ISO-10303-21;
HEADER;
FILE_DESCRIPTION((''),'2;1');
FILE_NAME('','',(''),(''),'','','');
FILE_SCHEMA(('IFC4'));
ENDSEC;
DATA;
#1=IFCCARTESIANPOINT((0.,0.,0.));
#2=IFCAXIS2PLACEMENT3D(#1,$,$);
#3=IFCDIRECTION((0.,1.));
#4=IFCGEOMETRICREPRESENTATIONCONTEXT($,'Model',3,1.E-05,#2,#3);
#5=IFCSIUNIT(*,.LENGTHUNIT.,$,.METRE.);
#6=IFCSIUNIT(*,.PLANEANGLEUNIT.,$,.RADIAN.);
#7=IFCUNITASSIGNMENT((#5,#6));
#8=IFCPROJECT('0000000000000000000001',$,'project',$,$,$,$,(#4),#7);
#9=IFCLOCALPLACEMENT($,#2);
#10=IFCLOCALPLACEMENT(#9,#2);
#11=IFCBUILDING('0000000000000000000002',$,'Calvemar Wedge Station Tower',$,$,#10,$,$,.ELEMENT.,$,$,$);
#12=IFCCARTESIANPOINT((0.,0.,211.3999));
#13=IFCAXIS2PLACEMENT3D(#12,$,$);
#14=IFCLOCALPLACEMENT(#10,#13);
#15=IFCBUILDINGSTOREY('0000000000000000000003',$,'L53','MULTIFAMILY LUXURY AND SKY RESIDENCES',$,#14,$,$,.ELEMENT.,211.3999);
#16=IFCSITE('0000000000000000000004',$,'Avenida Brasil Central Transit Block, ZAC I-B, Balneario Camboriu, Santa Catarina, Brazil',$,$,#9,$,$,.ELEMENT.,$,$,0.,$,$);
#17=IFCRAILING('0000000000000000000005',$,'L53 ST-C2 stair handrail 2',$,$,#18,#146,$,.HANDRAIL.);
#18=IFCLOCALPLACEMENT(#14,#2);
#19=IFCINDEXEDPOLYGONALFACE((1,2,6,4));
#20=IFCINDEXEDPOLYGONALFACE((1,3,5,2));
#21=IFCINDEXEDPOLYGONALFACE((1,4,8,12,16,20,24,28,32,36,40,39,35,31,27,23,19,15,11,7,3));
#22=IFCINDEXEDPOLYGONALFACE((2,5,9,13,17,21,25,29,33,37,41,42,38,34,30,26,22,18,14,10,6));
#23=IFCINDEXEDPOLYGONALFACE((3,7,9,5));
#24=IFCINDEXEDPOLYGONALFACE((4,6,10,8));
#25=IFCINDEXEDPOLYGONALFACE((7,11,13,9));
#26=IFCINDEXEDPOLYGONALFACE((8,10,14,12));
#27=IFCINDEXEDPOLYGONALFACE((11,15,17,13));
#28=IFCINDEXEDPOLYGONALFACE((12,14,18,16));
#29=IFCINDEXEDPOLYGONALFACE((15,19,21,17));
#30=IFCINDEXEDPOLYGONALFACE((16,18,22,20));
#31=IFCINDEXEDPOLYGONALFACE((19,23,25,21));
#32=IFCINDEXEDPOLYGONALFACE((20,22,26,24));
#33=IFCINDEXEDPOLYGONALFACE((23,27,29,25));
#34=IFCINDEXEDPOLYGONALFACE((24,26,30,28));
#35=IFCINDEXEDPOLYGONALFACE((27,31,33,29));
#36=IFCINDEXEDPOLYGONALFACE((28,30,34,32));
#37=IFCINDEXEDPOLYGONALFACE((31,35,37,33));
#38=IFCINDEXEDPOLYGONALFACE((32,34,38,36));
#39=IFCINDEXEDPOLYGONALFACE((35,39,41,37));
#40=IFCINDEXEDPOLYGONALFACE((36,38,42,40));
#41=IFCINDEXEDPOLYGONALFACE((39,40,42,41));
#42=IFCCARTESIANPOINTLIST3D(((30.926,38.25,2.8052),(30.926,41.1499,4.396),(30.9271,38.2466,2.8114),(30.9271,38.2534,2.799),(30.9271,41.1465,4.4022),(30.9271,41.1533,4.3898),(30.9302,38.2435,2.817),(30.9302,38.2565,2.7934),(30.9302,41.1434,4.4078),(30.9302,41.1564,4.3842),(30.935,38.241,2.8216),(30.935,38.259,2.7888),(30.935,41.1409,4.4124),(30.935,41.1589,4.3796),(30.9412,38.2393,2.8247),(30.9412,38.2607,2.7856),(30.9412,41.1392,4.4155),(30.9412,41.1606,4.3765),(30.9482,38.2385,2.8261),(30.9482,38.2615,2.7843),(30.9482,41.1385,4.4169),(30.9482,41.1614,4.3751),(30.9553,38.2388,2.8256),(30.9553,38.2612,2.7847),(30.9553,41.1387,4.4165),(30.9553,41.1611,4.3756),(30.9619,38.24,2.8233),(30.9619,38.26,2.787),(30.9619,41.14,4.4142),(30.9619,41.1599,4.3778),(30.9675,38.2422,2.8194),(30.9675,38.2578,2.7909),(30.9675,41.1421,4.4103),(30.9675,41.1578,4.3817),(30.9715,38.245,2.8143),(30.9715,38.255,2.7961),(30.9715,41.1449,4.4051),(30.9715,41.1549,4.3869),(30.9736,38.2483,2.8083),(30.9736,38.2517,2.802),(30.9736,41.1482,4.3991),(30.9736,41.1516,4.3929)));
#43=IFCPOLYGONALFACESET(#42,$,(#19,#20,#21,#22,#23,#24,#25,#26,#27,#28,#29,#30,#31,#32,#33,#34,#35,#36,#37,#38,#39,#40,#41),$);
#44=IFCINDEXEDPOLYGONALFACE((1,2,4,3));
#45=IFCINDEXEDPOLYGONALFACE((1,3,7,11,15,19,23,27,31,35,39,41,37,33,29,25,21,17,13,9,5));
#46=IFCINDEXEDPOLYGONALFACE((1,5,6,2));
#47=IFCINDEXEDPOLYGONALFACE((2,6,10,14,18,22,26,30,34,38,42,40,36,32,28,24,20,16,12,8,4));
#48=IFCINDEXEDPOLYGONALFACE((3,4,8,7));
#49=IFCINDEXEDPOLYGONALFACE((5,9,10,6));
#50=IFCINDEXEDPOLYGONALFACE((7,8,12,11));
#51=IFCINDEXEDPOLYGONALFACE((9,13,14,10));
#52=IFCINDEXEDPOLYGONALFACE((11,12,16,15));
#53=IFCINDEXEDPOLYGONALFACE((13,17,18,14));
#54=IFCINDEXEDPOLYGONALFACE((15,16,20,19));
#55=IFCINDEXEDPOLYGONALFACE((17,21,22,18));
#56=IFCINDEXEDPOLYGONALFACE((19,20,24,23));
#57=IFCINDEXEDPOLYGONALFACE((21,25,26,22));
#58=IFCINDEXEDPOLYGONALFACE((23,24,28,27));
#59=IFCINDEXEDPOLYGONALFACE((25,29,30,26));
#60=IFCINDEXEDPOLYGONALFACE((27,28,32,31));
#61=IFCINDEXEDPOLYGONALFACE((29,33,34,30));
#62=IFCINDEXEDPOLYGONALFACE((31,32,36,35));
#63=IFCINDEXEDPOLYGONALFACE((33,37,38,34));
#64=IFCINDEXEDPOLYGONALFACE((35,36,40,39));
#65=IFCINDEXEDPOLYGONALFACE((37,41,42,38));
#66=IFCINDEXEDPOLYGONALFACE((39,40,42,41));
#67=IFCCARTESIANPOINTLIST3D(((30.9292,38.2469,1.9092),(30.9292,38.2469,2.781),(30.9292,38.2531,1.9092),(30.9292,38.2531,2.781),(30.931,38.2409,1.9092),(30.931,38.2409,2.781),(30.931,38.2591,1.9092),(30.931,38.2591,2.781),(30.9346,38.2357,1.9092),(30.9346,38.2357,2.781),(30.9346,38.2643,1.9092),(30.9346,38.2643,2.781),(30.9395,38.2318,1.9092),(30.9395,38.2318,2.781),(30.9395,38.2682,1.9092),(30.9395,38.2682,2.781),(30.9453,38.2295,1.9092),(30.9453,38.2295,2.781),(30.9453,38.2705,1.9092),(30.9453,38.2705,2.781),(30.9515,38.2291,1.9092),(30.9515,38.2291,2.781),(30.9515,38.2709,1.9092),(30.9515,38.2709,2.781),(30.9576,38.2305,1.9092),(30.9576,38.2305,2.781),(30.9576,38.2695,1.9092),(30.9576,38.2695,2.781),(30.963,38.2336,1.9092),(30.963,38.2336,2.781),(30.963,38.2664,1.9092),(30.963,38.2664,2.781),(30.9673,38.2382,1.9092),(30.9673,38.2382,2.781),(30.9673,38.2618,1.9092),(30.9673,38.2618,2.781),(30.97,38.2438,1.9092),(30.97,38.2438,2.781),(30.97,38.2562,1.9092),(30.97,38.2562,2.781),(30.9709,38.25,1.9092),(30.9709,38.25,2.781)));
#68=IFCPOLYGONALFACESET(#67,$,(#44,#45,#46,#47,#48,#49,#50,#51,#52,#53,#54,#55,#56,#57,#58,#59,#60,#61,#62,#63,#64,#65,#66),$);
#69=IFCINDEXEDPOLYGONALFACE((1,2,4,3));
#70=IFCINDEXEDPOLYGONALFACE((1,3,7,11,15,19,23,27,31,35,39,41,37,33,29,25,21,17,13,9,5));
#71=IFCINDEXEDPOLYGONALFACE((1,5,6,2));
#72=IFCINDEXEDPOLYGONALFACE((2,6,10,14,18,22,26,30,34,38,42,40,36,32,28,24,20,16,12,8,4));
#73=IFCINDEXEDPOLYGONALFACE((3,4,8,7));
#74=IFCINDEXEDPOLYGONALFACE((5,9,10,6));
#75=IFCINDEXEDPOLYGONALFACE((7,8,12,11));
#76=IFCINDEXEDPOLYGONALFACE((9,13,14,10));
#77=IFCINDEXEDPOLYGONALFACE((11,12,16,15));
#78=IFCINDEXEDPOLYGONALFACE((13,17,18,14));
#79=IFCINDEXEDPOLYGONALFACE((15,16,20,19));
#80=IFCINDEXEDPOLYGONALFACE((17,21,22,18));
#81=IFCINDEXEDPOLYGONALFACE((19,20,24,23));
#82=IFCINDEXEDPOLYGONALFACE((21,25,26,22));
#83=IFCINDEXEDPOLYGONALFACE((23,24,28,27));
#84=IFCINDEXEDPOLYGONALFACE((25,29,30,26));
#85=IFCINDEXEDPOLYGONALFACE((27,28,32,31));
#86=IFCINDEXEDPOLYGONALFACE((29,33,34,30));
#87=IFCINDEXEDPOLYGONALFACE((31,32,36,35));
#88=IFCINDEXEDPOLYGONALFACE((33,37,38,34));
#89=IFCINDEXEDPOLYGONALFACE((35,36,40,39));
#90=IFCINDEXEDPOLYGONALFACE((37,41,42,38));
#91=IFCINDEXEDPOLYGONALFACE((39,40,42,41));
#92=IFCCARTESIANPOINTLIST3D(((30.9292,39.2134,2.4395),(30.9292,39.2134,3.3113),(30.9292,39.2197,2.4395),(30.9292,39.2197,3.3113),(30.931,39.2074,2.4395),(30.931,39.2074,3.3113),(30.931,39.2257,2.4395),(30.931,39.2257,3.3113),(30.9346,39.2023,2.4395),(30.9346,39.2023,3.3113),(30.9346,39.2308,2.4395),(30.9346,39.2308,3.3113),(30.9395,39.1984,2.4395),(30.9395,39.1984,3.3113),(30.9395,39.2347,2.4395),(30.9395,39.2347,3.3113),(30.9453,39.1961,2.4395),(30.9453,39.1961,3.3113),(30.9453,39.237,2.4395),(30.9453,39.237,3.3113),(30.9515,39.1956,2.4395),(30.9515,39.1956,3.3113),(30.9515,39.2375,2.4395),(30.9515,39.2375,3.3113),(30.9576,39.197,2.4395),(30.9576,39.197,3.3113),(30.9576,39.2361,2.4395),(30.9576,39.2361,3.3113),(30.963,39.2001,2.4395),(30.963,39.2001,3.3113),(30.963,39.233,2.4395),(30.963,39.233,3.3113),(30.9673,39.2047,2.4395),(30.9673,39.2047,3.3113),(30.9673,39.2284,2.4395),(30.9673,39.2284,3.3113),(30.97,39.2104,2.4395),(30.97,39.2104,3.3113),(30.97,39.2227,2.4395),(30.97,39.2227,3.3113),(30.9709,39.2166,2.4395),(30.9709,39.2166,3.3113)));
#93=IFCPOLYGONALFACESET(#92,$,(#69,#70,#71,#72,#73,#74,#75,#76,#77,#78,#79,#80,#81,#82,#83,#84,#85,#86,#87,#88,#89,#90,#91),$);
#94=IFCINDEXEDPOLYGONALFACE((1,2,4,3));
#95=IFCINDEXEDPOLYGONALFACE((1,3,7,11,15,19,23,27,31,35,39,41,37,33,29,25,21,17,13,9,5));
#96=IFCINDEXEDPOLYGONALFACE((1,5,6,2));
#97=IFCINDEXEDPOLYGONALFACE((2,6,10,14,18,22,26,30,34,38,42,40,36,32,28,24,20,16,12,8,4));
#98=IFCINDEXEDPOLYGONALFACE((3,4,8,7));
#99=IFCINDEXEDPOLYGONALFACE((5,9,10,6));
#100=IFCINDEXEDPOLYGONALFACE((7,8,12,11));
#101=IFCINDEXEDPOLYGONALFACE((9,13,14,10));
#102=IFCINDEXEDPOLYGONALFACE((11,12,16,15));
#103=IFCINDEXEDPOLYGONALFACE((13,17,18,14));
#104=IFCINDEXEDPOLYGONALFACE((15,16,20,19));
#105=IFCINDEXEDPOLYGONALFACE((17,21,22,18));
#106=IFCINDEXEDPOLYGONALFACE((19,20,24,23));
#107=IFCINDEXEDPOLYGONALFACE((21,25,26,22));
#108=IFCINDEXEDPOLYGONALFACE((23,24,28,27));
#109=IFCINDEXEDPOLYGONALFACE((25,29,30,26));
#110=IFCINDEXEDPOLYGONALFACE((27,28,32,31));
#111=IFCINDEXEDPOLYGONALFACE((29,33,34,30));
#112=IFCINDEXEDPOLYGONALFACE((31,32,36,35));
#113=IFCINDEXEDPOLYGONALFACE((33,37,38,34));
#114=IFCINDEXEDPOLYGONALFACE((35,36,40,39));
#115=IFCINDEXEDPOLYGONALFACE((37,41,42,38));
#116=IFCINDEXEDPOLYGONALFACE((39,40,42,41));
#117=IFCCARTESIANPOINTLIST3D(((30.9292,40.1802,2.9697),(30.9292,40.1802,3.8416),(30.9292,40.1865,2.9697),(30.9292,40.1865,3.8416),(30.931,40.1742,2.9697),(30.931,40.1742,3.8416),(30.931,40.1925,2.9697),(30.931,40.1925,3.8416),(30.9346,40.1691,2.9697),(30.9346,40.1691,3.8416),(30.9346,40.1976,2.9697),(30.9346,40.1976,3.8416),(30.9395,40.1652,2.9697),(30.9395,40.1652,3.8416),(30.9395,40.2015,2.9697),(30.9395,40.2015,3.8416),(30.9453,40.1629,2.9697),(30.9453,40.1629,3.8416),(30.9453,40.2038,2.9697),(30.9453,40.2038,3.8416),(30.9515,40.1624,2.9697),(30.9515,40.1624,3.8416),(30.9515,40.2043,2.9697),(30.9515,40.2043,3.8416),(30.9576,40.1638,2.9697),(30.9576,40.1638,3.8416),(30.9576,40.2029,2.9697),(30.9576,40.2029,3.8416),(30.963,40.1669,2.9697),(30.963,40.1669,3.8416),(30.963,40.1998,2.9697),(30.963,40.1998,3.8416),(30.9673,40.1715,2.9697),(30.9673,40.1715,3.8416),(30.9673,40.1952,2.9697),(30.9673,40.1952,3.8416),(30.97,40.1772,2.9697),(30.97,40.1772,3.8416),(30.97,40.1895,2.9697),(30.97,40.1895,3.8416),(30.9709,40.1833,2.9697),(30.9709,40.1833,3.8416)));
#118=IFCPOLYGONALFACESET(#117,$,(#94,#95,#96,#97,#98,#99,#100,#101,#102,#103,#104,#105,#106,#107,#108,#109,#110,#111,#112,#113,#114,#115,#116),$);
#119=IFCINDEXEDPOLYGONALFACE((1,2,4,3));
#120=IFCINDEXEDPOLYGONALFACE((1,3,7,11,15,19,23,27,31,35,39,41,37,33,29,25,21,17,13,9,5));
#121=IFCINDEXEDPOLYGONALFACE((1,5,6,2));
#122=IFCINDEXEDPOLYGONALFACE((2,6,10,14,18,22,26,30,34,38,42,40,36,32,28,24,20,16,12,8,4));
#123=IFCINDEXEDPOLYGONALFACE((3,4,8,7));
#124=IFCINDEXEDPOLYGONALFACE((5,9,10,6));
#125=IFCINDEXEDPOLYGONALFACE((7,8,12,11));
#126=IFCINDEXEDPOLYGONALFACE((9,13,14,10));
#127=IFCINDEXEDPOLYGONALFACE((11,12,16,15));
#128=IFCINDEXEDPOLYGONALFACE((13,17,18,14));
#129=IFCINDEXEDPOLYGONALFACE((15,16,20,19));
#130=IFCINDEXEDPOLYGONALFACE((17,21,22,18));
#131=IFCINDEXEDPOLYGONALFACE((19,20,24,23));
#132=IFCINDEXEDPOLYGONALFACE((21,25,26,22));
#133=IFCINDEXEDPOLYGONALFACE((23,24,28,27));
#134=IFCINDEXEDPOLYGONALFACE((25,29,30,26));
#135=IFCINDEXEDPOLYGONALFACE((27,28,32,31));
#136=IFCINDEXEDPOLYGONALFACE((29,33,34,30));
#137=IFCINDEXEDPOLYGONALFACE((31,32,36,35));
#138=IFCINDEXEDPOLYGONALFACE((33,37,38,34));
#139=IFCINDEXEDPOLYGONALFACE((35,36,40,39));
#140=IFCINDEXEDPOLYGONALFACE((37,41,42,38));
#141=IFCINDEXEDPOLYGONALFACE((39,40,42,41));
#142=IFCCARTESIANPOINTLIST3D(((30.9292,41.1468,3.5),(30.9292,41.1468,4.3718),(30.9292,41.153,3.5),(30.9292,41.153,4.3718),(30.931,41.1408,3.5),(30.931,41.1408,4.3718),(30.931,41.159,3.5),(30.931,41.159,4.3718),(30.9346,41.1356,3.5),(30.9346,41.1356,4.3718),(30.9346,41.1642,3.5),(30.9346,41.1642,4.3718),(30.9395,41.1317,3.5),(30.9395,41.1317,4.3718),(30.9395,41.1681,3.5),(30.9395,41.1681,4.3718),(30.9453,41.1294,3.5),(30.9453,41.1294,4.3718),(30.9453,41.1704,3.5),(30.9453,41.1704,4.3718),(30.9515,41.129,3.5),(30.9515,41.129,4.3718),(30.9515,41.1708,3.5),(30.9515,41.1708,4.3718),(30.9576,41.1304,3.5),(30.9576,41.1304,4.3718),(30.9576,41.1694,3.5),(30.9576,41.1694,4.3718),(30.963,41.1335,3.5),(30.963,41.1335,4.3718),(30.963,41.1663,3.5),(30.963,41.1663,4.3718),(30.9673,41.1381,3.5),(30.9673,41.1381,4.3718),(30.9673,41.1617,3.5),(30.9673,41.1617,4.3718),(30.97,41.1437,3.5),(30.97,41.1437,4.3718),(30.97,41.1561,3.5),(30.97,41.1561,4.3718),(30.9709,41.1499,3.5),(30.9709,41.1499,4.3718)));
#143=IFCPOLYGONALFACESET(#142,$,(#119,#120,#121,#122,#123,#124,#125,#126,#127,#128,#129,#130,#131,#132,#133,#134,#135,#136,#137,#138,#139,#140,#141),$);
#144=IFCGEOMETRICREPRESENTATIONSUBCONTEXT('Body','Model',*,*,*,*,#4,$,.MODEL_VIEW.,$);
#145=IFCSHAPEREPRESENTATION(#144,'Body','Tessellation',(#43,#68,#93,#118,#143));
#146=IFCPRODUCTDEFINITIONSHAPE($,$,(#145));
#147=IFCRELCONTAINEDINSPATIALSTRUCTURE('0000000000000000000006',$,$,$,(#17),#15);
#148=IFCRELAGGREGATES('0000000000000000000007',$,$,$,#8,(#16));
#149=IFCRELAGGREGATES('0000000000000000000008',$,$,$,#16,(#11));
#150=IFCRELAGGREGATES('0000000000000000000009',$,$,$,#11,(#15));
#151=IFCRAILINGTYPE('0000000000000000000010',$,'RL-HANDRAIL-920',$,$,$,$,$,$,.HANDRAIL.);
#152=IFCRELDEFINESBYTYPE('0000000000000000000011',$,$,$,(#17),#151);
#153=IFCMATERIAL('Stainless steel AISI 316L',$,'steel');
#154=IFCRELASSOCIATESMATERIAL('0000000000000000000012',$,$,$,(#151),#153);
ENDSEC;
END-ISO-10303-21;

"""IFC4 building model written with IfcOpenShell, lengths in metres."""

from ifc_helpers import new_model, si_unit, direction, frame, origin, origin_2d, place, context, subcontext, project, spatial, circle, extrude, material, type_object, element, save


model = new_model("IFC4")

# Units and contexts
model_context = context("Model", 3, precision=1e-05, world=origin(), true_north=direction((0.0, 1.0)))
body_context = subcontext(model_context, "Body", "Model", "MODEL_VIEW")
ifc_project = project(units=[si_unit("LENGTHUNIT", "METRE"), si_unit("PLANEANGLEUNIT", "RADIAN")], contexts=[model_context])

# Site, building, storey
site_placement = place(None, origin())
site = spatial("IfcSite", under=ifc_project, at=site_placement, Name="Avenida Brasil Central Transit Block, ZAC I-B, Balneario Camboriu, Santa Catarina, Brazil", CompositionType="ELEMENT", RefElevation=0.0)
building_placement = place(site_placement, origin())
building = spatial("IfcBuilding", under=site, at=building_placement, Name="Calvemar Wedge Station Tower", CompositionType="ELEMENT")
storey_placement = place(building_placement, frame((0.0, 0.0, 211.3999)))
storey = spatial("IfcBuildingStorey", under=building, at=storey_placement, Name="L53", Description="MULTIFAMILY LUXURY AND SKY RESIDENCES", CompositionType="ELEMENT", Elevation=211.3999)

# Railing
ifc_material_1 = material(Name="Stainless steel AISI 316L", Category="steel")
railing_type_1 = type_object("IfcRailingType", Name="RL-HANDRAIL-920", PredefinedType="HANDRAIL", material=ifc_material_1)
railing_1_placement = place(storey_placement, frame((30.95, 38.25, 1.9092)))
element("IfcRailing", 1, at=railing_1_placement, inside=storey, type_object=railing_type_1, Name="L53 ST-C2 stair handrail 2", PredefinedType="HANDRAIL", context=body_context, shape_type="SweptSolid", body=[
    extrude(circle(Radius=0.0239, at=origin_2d()), frame((0.0, 0.0, 0.896), z_axis=(0.0, 0.876742, 0.480961), x_axis=(-1.0, 0.0, 0.0)), (0.0, 0.0, 1.0), 3.3076),
    extrude(circle(Radius=0.021, at=origin_2d()), origin(), (0.0, 0.0, 1.0), 0.8718),
    extrude(circle(Radius=0.021, at=origin_2d()), frame((0.0, 0.9666, 0.5303)), (0.0, 0.0, 1.0), 0.8718),
    extrude(circle(Radius=0.021, at=origin_2d()), frame((0.0, 1.9333, 1.0605)), (0.0, 0.0, 1.0), 0.8718),
    extrude(circle(Radius=0.021, at=origin_2d()), frame((0.0, 2.8999, 1.5908)), (0.0, 0.0, 1.0), 0.8718),
])

save(model, "model.ifc")
